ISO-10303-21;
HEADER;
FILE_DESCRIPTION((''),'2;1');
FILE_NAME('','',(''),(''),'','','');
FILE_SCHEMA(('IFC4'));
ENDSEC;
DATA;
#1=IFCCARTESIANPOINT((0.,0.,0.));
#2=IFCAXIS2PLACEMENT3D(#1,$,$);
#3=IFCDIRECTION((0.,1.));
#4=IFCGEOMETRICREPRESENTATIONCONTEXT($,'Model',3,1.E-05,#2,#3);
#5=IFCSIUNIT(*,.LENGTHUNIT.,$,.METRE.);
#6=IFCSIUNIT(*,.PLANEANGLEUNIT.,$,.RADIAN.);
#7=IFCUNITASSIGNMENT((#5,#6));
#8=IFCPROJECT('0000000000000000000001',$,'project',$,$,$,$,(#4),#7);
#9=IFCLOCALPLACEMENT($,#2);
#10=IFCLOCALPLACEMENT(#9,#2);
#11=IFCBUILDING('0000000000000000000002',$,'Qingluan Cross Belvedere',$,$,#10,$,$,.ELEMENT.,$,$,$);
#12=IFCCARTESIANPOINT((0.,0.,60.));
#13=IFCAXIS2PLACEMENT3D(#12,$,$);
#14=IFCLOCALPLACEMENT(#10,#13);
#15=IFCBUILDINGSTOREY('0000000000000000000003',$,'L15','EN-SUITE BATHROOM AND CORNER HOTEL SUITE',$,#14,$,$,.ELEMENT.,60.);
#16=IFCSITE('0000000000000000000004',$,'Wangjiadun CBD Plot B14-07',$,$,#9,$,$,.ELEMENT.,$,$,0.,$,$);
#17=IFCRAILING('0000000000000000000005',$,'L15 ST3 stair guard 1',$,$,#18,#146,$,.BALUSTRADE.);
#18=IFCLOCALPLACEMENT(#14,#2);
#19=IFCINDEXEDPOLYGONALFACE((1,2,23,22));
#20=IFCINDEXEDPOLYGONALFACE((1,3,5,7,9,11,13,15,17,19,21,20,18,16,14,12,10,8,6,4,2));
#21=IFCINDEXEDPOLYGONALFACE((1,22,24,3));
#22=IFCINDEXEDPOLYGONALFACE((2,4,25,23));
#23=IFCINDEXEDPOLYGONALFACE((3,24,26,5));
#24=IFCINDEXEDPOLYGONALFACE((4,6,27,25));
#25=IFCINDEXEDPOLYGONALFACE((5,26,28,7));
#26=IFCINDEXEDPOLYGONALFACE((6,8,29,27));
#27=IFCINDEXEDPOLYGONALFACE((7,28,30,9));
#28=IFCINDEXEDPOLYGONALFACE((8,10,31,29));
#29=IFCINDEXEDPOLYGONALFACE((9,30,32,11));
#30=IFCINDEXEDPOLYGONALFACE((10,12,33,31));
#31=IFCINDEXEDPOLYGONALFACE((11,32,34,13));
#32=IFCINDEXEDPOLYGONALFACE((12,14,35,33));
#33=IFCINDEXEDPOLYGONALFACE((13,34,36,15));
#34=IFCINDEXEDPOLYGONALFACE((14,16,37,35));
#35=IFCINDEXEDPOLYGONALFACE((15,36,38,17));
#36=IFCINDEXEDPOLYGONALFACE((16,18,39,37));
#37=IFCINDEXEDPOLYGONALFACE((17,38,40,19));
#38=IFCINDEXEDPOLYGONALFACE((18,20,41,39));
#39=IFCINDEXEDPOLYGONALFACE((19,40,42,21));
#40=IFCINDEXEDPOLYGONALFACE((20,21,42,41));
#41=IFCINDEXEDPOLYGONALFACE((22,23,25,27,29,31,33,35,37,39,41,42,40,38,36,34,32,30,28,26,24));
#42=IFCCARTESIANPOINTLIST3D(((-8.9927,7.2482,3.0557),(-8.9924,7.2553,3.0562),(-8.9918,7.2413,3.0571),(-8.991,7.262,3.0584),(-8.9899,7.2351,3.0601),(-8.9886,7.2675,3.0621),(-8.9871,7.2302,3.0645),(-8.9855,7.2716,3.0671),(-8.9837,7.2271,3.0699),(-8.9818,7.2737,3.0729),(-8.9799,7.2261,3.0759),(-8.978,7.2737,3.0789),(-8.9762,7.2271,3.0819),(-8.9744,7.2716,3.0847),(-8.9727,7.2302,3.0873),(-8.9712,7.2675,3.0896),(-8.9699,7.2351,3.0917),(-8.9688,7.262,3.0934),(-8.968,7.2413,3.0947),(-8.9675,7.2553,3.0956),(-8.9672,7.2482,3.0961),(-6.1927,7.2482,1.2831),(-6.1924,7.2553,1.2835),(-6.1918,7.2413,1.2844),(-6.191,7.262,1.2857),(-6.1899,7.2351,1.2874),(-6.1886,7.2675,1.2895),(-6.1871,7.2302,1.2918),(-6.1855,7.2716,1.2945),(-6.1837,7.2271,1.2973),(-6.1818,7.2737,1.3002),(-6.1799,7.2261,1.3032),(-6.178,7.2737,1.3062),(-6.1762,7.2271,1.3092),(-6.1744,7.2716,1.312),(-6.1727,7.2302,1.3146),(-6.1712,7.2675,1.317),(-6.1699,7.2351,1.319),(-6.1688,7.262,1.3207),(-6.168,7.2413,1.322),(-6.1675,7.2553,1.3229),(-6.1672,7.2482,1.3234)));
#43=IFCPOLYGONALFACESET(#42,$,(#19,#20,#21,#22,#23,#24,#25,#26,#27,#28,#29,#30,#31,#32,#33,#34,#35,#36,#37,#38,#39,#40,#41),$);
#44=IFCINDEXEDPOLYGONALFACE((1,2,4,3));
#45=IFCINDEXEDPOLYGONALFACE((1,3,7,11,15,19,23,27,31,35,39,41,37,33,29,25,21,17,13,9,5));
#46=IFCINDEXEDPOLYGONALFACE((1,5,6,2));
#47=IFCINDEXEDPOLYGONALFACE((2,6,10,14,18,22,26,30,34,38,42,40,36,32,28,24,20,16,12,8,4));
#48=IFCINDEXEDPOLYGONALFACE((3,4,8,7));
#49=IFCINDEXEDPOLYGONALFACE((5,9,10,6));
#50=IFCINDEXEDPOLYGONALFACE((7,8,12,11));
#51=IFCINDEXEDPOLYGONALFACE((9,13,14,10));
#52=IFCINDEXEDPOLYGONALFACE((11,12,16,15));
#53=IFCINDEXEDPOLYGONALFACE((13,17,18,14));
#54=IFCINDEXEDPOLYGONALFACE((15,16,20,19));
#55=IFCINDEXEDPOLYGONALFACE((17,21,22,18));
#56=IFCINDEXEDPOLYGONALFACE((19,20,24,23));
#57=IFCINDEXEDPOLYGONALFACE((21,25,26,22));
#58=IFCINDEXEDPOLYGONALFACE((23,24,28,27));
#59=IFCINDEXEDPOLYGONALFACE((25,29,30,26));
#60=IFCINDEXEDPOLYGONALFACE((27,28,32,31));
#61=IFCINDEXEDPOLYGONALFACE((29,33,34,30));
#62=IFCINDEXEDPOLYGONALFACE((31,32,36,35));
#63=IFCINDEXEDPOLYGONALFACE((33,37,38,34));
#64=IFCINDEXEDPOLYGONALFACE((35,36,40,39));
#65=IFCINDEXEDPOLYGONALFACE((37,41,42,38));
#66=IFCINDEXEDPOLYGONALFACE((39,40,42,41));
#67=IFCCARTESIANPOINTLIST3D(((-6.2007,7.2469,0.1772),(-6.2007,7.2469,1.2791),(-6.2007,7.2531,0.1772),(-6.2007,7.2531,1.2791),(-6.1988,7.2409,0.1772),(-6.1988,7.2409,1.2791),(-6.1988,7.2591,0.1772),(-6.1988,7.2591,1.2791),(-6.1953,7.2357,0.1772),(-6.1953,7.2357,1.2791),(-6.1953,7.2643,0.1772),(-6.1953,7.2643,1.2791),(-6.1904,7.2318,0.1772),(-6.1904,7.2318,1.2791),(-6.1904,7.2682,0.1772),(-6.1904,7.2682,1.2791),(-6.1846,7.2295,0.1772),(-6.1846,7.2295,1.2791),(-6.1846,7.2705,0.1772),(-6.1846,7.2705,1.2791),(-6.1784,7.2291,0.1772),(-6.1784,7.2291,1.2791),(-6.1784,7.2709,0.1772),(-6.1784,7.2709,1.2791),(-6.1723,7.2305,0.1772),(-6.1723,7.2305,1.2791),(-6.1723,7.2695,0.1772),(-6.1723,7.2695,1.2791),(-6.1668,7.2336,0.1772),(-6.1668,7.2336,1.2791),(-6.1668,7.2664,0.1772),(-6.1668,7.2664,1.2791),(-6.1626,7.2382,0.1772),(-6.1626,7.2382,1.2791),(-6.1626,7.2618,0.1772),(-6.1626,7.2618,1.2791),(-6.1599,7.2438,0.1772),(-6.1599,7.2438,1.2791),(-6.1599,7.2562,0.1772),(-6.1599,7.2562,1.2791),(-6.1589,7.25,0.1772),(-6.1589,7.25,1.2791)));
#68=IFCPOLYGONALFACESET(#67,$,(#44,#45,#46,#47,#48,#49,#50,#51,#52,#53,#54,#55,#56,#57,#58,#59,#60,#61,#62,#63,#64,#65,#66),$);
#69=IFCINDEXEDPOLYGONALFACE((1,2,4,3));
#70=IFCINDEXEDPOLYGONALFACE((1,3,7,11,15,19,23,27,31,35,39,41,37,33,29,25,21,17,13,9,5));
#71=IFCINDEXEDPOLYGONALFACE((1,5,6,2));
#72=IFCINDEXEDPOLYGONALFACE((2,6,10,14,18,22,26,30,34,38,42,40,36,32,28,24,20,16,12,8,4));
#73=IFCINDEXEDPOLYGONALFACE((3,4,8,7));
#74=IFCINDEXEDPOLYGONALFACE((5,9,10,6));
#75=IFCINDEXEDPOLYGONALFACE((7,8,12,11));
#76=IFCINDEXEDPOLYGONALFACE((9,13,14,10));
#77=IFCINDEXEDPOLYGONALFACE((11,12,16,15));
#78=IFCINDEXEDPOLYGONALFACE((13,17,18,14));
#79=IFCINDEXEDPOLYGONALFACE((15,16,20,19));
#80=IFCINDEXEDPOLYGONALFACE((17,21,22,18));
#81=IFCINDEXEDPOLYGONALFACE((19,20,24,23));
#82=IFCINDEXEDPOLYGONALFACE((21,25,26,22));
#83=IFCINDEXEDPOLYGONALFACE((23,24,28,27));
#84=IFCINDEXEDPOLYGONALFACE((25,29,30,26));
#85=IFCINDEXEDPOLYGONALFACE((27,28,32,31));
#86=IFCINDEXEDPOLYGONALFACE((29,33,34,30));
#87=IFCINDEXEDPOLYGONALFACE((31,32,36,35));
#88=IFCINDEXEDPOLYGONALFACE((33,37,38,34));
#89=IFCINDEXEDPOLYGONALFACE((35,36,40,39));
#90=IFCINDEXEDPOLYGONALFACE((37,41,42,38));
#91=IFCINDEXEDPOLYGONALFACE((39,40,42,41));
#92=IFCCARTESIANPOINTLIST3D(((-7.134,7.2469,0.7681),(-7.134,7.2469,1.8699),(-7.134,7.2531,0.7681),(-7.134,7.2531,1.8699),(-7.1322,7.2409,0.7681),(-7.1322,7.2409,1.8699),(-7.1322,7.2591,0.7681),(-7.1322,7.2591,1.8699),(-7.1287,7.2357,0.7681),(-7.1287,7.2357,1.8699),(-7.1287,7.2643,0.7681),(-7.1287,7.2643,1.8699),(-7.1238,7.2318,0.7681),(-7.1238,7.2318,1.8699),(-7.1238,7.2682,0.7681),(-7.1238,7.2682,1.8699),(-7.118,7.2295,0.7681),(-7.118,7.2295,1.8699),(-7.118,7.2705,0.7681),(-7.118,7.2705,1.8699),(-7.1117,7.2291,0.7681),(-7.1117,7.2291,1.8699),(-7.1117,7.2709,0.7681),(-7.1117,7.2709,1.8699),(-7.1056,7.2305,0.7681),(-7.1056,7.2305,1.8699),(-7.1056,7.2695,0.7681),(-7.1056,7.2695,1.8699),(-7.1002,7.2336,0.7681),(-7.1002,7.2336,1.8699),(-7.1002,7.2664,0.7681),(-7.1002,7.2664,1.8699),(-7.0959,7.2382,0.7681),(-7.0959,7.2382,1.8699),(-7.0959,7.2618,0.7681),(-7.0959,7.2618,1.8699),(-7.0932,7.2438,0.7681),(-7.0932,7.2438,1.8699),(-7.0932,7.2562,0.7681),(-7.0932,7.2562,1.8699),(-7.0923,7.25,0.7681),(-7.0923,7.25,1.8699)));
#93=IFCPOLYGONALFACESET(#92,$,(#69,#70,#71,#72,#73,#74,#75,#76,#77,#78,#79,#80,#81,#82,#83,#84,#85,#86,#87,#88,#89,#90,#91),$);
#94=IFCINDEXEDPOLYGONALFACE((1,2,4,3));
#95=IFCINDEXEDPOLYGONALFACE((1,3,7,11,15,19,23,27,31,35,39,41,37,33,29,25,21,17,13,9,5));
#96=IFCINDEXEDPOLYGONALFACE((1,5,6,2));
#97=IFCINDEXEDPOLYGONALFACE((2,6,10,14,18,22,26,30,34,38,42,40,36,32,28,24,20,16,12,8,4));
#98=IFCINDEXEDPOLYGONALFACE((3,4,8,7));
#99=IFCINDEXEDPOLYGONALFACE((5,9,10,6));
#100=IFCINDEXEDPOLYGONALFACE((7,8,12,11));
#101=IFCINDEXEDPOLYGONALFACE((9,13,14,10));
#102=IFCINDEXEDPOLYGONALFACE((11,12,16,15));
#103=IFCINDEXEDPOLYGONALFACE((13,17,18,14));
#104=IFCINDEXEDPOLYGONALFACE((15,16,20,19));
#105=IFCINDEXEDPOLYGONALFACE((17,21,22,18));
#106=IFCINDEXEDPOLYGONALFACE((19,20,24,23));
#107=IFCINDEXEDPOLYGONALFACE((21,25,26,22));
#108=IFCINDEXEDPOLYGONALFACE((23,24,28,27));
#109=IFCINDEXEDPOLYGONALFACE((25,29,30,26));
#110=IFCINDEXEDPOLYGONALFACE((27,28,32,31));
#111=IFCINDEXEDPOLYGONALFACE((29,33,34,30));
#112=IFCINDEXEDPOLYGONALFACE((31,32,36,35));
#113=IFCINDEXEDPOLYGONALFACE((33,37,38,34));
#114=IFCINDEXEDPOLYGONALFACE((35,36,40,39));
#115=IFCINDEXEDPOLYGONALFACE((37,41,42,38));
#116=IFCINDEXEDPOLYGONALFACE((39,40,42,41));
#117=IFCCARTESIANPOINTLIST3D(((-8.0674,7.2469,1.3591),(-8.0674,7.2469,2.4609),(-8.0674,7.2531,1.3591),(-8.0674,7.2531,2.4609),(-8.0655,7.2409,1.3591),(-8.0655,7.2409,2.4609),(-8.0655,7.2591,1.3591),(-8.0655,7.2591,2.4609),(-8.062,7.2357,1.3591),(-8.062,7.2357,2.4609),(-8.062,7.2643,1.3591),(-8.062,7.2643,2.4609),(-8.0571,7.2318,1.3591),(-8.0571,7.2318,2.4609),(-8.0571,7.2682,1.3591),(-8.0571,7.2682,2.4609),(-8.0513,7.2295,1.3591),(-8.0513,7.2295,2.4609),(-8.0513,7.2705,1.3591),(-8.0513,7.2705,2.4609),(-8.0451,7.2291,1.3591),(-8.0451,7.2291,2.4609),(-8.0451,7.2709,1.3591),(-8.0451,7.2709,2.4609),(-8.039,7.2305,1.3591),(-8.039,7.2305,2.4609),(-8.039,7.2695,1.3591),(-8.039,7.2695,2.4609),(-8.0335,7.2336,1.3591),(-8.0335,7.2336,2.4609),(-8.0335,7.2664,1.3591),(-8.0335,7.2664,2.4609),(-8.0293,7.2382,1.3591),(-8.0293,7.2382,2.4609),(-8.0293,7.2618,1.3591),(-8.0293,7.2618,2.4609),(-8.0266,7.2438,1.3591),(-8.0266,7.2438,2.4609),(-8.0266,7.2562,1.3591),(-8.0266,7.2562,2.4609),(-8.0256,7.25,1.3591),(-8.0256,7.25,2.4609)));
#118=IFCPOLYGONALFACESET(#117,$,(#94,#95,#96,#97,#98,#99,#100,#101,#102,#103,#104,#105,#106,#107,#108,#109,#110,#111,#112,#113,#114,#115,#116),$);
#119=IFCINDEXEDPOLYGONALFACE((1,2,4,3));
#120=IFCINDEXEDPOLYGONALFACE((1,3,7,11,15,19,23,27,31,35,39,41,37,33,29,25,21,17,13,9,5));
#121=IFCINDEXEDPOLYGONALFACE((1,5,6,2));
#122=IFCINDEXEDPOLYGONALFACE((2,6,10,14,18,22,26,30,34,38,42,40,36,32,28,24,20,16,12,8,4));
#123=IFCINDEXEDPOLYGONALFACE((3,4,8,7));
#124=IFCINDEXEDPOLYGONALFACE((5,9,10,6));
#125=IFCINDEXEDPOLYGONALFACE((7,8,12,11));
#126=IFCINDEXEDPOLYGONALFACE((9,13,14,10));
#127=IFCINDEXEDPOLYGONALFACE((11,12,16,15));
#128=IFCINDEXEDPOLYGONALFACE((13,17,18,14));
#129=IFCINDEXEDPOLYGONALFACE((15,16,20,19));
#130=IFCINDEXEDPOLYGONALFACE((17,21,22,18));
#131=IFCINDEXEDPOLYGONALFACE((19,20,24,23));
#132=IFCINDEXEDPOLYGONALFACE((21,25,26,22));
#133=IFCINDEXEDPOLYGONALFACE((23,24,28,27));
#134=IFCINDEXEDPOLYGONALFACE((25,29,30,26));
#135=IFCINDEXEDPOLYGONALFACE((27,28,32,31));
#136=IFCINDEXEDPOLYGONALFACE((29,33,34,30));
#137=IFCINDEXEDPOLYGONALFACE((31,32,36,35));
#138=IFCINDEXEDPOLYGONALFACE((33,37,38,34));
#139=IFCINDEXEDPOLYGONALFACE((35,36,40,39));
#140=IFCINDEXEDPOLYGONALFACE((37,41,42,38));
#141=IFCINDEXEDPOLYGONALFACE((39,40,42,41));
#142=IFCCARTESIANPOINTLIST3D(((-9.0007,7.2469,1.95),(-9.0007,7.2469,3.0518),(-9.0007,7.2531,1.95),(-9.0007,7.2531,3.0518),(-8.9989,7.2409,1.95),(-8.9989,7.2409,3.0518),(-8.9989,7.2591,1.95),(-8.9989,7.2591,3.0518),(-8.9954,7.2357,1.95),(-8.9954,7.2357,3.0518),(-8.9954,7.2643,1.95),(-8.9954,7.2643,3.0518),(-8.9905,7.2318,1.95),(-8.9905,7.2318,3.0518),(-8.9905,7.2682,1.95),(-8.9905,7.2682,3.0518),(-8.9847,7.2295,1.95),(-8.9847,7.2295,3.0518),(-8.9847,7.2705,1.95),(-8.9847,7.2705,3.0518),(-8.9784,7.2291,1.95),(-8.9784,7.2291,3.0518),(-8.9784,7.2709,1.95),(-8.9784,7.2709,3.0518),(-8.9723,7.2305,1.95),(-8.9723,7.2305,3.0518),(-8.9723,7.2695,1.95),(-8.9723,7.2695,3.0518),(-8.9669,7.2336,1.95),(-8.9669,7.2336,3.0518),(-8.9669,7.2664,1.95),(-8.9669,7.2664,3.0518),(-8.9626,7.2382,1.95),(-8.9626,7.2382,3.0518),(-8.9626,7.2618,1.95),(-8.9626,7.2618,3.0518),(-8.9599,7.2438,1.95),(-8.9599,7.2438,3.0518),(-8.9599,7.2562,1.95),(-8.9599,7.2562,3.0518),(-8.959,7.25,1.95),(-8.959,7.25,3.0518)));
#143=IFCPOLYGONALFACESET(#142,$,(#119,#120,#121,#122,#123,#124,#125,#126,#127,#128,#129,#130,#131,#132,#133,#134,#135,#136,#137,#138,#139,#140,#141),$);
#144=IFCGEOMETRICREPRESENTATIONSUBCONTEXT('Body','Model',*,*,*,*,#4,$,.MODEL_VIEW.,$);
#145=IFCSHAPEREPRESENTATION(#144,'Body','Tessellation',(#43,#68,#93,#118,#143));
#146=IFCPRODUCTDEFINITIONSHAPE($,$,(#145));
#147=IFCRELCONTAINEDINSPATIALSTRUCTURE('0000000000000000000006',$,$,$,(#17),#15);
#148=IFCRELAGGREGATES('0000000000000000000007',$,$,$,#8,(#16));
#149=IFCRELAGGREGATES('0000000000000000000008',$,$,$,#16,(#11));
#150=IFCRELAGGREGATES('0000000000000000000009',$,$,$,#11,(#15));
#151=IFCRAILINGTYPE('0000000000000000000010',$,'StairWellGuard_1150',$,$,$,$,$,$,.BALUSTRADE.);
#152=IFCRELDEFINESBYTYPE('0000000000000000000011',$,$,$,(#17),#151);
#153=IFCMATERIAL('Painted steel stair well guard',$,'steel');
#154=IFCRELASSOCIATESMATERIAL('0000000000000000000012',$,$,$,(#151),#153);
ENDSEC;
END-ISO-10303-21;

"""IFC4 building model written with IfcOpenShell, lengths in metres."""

from ifc_helpers import new_model, si_unit, direction, frame, origin, origin_2d, place, context, subcontext, project, spatial, circle, extrude, material, type_object, element, save


model = new_model("IFC4")

# Units and contexts
model_context = context("Model", 3, precision=1e-05, world=origin(), true_north=direction((0.0, 1.0)))
body_context = subcontext(model_context, "Body", "Model", "MODEL_VIEW")
ifc_project = project(units=[si_unit("LENGTHUNIT", "METRE"), si_unit("PLANEANGLEUNIT", "RADIAN")], contexts=[model_context])

# Site, building, storey
site_placement = place(None, origin())
site = spatial("IfcSite", under=ifc_project, at=site_placement, Name="Wangjiadun CBD Plot B14-07", CompositionType="ELEMENT", RefElevation=0.0)
building_placement = place(site_placement, origin())
building = spatial("IfcBuilding", under=site, at=building_placement, Name="Qingluan Cross Belvedere", CompositionType="ELEMENT")
storey_placement = place(building_placement, frame((0.0, 0.0, 60.0)))
storey = spatial("IfcBuildingStorey", under=building, at=storey_placement, Name="L15", Description="EN-SUITE BATHROOM AND CORNER HOTEL SUITE", CompositionType="ELEMENT", Elevation=60.0)

# Railing
ifc_material_1 = material(Name="Painted steel stair well guard", Category="steel")
railing_type_1 = type_object("IfcRailingType", Name="StairWellGuard_1150", PredefinedType="BALUSTRADE", material=ifc_material_1)
railing_1_placement = place(storey_placement, frame((-6.1799, 7.25, 0.1772)))
element("IfcRailing", 1, at=railing_1_placement, inside=storey, type_object=railing_type_1, Name="L15 ST3 stair guard 1", PredefinedType="BALUSTRADE", context=body_context, shape_type="SweptSolid", body=[
    extrude(circle(Radius=0.0239, at=origin_2d()), frame((0.0, 0.0, 1.126), z_axis=(-0.844909, 0.0, 0.53491), x_axis=(0.0, -1.0, 0.0)), (0.0, 0.0, 1.0), 3.314),
    extrude(circle(Radius=0.021, at=origin_2d()), origin(), (0.0, 0.0, 1.0), 1.1018),
    extrude(circle(Radius=0.021, at=origin_2d()), frame((-0.9333, 0.0, 0.5908)), (0.0, 0.0, 1.0), 1.1018),
    extrude(circle(Radius=0.021, at=origin_2d()), frame((-1.8667, 0.0, 1.1819)), (0.0, 0.0, 1.0), 1.1018),
    extrude(circle(Radius=0.021, at=origin_2d()), frame((-2.8, 0.0, 1.7727)), (0.0, 0.0, 1.0), 1.1018),
])

save(model, "model.ifc")
